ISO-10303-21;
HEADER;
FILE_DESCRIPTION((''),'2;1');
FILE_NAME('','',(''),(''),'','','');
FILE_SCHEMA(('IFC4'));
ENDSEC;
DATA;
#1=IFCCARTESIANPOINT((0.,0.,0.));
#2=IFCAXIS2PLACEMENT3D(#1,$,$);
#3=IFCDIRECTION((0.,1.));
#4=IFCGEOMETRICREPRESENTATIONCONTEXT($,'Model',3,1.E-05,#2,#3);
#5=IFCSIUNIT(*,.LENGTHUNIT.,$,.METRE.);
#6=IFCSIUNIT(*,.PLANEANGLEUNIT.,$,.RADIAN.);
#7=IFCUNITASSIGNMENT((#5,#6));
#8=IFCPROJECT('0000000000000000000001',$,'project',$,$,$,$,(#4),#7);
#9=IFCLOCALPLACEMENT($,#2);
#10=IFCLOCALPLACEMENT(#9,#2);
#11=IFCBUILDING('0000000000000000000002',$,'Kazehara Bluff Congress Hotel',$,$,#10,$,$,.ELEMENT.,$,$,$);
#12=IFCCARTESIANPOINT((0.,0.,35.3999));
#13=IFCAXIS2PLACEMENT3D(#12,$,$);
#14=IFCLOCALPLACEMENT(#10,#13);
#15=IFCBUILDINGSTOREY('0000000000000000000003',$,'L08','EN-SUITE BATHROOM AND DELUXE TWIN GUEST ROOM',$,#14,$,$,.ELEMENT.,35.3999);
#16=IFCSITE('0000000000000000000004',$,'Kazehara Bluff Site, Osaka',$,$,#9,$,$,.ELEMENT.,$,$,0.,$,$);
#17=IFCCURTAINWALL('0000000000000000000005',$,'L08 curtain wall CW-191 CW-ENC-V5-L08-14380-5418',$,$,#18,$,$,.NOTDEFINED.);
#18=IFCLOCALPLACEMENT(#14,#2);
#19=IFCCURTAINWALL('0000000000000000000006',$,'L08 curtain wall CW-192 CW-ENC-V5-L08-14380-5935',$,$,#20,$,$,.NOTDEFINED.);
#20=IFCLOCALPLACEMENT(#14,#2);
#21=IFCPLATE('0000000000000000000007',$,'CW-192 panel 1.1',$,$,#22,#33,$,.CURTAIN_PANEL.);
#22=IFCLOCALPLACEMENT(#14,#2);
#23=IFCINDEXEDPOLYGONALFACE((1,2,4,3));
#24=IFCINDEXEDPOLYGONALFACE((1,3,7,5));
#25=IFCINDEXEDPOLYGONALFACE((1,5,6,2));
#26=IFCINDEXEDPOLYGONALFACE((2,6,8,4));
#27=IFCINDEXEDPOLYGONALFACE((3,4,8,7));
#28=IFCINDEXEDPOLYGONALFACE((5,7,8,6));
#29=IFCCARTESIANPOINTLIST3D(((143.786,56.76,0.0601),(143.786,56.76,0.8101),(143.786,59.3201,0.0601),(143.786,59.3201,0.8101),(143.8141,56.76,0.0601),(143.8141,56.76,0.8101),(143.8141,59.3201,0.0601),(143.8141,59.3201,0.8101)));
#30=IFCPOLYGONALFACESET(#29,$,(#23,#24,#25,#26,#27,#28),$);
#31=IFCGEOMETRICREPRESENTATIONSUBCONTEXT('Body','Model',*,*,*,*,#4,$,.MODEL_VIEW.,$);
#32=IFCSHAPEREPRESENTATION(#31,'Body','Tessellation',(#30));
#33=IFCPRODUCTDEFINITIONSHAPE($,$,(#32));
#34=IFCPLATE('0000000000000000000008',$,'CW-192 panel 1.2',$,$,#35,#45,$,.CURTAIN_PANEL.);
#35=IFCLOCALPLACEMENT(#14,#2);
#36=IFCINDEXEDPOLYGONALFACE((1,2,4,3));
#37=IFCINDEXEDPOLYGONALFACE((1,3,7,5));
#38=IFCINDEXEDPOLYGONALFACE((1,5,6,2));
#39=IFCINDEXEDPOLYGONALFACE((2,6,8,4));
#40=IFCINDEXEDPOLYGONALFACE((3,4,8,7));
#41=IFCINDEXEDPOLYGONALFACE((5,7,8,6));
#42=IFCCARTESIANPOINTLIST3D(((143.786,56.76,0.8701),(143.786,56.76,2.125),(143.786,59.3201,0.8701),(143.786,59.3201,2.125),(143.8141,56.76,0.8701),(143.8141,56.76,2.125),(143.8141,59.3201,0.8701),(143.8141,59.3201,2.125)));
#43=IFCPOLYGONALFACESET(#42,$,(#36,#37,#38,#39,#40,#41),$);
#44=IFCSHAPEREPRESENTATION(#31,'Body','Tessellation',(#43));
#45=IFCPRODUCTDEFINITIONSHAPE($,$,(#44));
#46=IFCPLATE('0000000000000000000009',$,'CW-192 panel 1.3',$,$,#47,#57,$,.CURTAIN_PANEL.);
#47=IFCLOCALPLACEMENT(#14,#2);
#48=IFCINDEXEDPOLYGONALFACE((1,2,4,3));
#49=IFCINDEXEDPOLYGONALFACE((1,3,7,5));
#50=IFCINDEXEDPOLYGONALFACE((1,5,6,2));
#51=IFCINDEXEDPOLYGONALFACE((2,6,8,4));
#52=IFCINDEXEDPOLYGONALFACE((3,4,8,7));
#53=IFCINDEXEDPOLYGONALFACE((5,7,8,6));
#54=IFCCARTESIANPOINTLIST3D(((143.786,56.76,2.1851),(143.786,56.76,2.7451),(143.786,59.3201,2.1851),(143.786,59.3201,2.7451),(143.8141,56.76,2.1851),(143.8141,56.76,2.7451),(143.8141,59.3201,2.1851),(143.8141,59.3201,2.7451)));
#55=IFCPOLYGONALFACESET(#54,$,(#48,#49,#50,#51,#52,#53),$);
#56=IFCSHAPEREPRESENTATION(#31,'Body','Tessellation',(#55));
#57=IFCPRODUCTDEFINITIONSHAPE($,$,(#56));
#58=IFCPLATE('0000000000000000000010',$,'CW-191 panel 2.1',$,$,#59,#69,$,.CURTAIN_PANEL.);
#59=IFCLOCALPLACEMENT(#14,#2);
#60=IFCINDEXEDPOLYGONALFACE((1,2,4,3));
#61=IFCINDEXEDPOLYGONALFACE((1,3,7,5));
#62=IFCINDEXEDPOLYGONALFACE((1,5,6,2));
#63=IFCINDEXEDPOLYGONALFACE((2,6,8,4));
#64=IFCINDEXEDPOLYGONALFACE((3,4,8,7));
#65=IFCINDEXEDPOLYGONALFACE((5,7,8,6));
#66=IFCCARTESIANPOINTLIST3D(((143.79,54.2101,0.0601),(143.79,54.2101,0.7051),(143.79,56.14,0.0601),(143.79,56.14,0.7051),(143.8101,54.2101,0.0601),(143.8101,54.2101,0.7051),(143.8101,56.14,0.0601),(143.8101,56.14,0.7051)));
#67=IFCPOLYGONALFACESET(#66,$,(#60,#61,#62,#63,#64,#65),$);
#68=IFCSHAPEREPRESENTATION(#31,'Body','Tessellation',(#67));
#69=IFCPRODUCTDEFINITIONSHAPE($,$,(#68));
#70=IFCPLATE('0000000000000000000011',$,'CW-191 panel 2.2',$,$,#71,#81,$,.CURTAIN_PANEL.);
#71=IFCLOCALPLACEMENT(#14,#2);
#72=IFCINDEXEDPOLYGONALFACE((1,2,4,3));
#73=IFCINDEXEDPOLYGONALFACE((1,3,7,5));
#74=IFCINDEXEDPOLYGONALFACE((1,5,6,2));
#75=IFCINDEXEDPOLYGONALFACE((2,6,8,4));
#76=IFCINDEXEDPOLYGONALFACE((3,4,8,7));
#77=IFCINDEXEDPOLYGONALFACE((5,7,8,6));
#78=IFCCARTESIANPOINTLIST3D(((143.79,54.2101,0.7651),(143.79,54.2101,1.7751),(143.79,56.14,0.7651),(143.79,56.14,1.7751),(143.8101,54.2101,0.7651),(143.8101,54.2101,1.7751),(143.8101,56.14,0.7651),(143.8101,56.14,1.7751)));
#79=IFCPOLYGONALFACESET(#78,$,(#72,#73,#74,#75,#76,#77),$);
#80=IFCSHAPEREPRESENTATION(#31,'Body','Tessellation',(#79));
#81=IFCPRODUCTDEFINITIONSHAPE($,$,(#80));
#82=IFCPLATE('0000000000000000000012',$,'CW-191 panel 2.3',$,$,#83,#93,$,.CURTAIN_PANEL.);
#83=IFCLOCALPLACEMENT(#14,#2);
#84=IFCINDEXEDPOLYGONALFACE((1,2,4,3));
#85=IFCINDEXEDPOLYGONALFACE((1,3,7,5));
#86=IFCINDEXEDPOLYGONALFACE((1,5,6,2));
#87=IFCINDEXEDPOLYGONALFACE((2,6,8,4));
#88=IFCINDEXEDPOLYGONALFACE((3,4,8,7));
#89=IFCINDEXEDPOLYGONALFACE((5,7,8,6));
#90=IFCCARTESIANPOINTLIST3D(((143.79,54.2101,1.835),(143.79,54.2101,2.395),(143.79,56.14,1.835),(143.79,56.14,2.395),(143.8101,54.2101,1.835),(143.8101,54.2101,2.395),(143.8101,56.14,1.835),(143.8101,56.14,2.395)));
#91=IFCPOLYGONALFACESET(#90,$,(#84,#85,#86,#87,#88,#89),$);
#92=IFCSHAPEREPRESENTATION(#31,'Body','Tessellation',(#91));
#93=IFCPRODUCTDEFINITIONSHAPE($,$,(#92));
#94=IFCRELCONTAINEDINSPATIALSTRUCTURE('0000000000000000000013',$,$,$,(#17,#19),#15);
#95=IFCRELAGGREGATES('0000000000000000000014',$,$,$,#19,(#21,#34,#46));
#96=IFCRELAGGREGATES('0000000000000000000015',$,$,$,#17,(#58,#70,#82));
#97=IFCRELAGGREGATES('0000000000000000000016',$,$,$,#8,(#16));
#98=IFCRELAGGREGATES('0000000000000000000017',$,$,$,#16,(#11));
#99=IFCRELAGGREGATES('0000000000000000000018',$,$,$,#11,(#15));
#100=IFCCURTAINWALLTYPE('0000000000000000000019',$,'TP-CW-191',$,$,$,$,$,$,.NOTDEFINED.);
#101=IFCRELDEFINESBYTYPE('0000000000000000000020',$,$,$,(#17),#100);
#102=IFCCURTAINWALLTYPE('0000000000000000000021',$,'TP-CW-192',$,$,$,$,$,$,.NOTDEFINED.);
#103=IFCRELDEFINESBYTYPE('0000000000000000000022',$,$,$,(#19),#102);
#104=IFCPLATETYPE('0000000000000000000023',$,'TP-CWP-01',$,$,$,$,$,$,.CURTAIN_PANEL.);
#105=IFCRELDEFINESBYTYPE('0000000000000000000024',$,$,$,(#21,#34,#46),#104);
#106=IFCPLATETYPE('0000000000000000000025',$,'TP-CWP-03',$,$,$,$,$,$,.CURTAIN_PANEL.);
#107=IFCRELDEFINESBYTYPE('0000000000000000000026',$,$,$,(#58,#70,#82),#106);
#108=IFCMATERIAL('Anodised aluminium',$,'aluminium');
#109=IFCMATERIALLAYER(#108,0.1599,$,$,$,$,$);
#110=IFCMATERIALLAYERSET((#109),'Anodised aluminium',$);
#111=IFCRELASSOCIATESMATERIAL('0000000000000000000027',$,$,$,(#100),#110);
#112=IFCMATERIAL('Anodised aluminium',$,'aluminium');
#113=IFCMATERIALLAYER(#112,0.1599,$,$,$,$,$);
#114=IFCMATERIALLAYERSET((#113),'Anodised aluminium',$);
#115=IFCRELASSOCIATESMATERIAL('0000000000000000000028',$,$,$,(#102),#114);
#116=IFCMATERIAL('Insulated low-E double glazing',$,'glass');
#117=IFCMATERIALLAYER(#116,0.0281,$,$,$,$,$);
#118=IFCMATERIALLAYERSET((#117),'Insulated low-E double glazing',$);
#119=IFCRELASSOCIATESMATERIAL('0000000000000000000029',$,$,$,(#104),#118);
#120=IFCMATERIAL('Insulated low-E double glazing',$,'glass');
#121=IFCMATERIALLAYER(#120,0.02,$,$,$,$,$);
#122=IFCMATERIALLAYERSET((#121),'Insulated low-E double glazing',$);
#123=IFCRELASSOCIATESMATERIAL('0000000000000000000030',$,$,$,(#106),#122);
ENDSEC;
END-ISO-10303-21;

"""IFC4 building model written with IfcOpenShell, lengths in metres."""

from ifc_helpers import new_model, si_unit, direction, frame, origin, origin_2d, place, context, subcontext, project, spatial, rectangle, extrude, material, layer, layer_set, type_object, element, aggregate, save


model = new_model("IFC4")

# Units and contexts
model_context = context("Model", 3, precision=1e-05, world=origin(), true_north=direction((0.0, 1.0)))
body_context = subcontext(model_context, "Body", "Model", "MODEL_VIEW")
ifc_project = project(units=[si_unit("LENGTHUNIT", "METRE"), si_unit("PLANEANGLEUNIT", "RADIAN")], contexts=[model_context])

# Site, building, storey
site_placement = place(None, origin())
site = spatial("IfcSite", under=ifc_project, at=site_placement, Name="Kazehara Bluff Site, Osaka", CompositionType="ELEMENT", RefElevation=0.0)
building_placement = place(site_placement, origin())
building = spatial("IfcBuilding", under=site, at=building_placement, Name="Kazehara Bluff Congress Hotel", CompositionType="ELEMENT")
storey_placement = place(building_placement, frame((0.0, 0.0, 35.3999)))
storey = spatial("IfcBuildingStorey", under=building, at=storey_placement, Name="L08", Description="EN-SUITE BATHROOM AND DELUXE TWIN GUEST ROOM", CompositionType="ELEMENT", Elevation=35.3999)

# Curtain walls
ifc_material_1 = material(Name="Anodised aluminium", Category="aluminium")
ifc_layer_1 = layer(ifc_material_1, 0.1599)
ifc_layer_set_1 = layer_set([ifc_layer_1], Name="Anodised aluminium")
curtain_wall_type_1 = type_object("IfcCurtainWallType", Name="TP-CW-191", PredefinedType="NOTDEFINED", material=ifc_layer_set_1)
curtain_wall_1_placement = place(storey_placement, origin())
curtain_wall_1 = element("IfcCurtainWall", 1, at=curtain_wall_1_placement, inside=storey, type_object=curtain_wall_type_1, Name="L08 curtain wall CW-191 CW-ENC-V5-L08-14380-5418", PredefinedType="NOTDEFINED")
ifc_material_2 = material(Name="Anodised aluminium", Category="aluminium")
ifc_layer_2 = layer(ifc_material_2, 0.1599)
ifc_layer_set_2 = layer_set([ifc_layer_2], Name="Anodised aluminium")
curtain_wall_type_2 = type_object("IfcCurtainWallType", Name="TP-CW-192", PredefinedType="NOTDEFINED", material=ifc_layer_set_2)
curtain_wall_2_placement = place(storey_placement, origin())
curtain_wall_2 = element("IfcCurtainWall", 2, at=curtain_wall_2_placement, inside=storey, type_object=curtain_wall_type_2, Name="L08 curtain wall CW-192 CW-ENC-V5-L08-14380-5935", PredefinedType="NOTDEFINED")

# Plates
ifc_material_3 = material(Name="Insulated low-E double glazing", Category="glass")
ifc_layer_3 = layer(ifc_material_3, 0.0281)
ifc_layer_set_3 = layer_set([ifc_layer_3], Name="Insulated low-E double glazing")
plate_type_1 = type_object("IfcPlateType", Name="TP-CWP-01", PredefinedType="CURTAIN_PANEL", material=ifc_layer_set_3)
plate_1_placement = place(storey_placement, frame((143.8, 58.04, 0.0601), z_axis=(0.0, 0.0, 1.0), x_axis=(0.0, 1.0, 0.0)))
plate_1 = element("IfcPlate", 3, at=plate_1_placement, type_object=plate_type_1, Name="CW-192 panel 1.1", PredefinedType="CURTAIN_PANEL", context=body_context, shape_type="SweptSolid", body=[
    extrude(rectangle(XDim=2.5601, YDim=0.0281, at=origin_2d()), origin(), (0.0, 0.0, 1.0), 0.75),
])
plate_2_placement = place(storey_placement, frame((143.8, 58.04, 0.8701), z_axis=(0.0, 0.0, 1.0), x_axis=(0.0, 1.0, 0.0)))
plate_2 = element("IfcPlate", 4, at=plate_2_placement, type_object=plate_type_1, Name="CW-192 panel 1.2", PredefinedType="CURTAIN_PANEL", context=body_context, shape_type="SweptSolid", body=[
    extrude(rectangle(XDim=2.5601, YDim=0.0281, at=origin_2d()), origin(), (0.0, 0.0, 1.0), 1.2549),
])
plate_3_placement = place(storey_placement, frame((143.8, 58.04, 2.1851), z_axis=(0.0, 0.0, 1.0), x_axis=(0.0, 1.0, 0.0)))
plate_3 = element("IfcPlate", 5, at=plate_3_placement, type_object=plate_type_1, Name="CW-192 panel 1.3", PredefinedType="CURTAIN_PANEL", context=body_context, shape_type="SweptSolid", body=[
    extrude(rectangle(XDim=2.5601, YDim=0.0281, at=origin_2d()), origin(), (0.0, 0.0, 1.0), 0.5601),
])
aggregate(curtain_wall_2, [plate_1, plate_2, plate_3])
ifc_material_4 = material(Name="Insulated low-E double glazing", Category="glass")
ifc_layer_4 = layer(ifc_material_4, 0.02)
ifc_layer_set_4 = layer_set([ifc_layer_4], Name="Insulated low-E double glazing")
plate_type_2 = type_object("IfcPlateType", Name="TP-CWP-03", PredefinedType="CURTAIN_PANEL", material=ifc_layer_set_4)
plate_4_placement = place(storey_placement, frame((143.8, 55.175, 0.0601), z_axis=(0.0, 0.0, 1.0), x_axis=(0.0, 1.0, 0.0)))
plate_4 = element("IfcPlate", 6, at=plate_4_placement, type_object=plate_type_2, Name="CW-191 panel 2.1", PredefinedType="CURTAIN_PANEL", context=body_context, shape_type="SweptSolid", body=[
    extrude(rectangle(XDim=1.9299, YDim=0.02, at=origin_2d()), origin(), (0.0, 0.0, 1.0), 0.645),
])
plate_5_placement = place(storey_placement, frame((143.8, 55.175, 0.7651), z_axis=(0.0, 0.0, 1.0), x_axis=(0.0, 1.0, 0.0)))
plate_5 = element("IfcPlate", 7, at=plate_5_placement, type_object=plate_type_2, Name="CW-191 panel 2.2", PredefinedType="CURTAIN_PANEL", context=body_context, shape_type="SweptSolid", body=[
    extrude(rectangle(XDim=1.9299, YDim=0.02, at=origin_2d()), origin(), (0.0, 0.0, 1.0), 1.01),
])
plate_6_placement = place(storey_placement, frame((143.8, 55.175, 1.835), z_axis=(0.0, 0.0, 1.0), x_axis=(0.0, 1.0, 0.0)))
plate_6 = element("IfcPlate", 8, at=plate_6_placement, type_object=plate_type_2, Name="CW-191 panel 2.3", PredefinedType="CURTAIN_PANEL", context=body_context, shape_type="SweptSolid", body=[
    extrude(rectangle(XDim=1.9299, YDim=0.02, at=origin_2d()), origin(), (0.0, 0.0, 1.0), 0.5601),
])
aggregate(curtain_wall_1, [plate_4, plate_5, plate_6])

save(model, "model.ifc")
